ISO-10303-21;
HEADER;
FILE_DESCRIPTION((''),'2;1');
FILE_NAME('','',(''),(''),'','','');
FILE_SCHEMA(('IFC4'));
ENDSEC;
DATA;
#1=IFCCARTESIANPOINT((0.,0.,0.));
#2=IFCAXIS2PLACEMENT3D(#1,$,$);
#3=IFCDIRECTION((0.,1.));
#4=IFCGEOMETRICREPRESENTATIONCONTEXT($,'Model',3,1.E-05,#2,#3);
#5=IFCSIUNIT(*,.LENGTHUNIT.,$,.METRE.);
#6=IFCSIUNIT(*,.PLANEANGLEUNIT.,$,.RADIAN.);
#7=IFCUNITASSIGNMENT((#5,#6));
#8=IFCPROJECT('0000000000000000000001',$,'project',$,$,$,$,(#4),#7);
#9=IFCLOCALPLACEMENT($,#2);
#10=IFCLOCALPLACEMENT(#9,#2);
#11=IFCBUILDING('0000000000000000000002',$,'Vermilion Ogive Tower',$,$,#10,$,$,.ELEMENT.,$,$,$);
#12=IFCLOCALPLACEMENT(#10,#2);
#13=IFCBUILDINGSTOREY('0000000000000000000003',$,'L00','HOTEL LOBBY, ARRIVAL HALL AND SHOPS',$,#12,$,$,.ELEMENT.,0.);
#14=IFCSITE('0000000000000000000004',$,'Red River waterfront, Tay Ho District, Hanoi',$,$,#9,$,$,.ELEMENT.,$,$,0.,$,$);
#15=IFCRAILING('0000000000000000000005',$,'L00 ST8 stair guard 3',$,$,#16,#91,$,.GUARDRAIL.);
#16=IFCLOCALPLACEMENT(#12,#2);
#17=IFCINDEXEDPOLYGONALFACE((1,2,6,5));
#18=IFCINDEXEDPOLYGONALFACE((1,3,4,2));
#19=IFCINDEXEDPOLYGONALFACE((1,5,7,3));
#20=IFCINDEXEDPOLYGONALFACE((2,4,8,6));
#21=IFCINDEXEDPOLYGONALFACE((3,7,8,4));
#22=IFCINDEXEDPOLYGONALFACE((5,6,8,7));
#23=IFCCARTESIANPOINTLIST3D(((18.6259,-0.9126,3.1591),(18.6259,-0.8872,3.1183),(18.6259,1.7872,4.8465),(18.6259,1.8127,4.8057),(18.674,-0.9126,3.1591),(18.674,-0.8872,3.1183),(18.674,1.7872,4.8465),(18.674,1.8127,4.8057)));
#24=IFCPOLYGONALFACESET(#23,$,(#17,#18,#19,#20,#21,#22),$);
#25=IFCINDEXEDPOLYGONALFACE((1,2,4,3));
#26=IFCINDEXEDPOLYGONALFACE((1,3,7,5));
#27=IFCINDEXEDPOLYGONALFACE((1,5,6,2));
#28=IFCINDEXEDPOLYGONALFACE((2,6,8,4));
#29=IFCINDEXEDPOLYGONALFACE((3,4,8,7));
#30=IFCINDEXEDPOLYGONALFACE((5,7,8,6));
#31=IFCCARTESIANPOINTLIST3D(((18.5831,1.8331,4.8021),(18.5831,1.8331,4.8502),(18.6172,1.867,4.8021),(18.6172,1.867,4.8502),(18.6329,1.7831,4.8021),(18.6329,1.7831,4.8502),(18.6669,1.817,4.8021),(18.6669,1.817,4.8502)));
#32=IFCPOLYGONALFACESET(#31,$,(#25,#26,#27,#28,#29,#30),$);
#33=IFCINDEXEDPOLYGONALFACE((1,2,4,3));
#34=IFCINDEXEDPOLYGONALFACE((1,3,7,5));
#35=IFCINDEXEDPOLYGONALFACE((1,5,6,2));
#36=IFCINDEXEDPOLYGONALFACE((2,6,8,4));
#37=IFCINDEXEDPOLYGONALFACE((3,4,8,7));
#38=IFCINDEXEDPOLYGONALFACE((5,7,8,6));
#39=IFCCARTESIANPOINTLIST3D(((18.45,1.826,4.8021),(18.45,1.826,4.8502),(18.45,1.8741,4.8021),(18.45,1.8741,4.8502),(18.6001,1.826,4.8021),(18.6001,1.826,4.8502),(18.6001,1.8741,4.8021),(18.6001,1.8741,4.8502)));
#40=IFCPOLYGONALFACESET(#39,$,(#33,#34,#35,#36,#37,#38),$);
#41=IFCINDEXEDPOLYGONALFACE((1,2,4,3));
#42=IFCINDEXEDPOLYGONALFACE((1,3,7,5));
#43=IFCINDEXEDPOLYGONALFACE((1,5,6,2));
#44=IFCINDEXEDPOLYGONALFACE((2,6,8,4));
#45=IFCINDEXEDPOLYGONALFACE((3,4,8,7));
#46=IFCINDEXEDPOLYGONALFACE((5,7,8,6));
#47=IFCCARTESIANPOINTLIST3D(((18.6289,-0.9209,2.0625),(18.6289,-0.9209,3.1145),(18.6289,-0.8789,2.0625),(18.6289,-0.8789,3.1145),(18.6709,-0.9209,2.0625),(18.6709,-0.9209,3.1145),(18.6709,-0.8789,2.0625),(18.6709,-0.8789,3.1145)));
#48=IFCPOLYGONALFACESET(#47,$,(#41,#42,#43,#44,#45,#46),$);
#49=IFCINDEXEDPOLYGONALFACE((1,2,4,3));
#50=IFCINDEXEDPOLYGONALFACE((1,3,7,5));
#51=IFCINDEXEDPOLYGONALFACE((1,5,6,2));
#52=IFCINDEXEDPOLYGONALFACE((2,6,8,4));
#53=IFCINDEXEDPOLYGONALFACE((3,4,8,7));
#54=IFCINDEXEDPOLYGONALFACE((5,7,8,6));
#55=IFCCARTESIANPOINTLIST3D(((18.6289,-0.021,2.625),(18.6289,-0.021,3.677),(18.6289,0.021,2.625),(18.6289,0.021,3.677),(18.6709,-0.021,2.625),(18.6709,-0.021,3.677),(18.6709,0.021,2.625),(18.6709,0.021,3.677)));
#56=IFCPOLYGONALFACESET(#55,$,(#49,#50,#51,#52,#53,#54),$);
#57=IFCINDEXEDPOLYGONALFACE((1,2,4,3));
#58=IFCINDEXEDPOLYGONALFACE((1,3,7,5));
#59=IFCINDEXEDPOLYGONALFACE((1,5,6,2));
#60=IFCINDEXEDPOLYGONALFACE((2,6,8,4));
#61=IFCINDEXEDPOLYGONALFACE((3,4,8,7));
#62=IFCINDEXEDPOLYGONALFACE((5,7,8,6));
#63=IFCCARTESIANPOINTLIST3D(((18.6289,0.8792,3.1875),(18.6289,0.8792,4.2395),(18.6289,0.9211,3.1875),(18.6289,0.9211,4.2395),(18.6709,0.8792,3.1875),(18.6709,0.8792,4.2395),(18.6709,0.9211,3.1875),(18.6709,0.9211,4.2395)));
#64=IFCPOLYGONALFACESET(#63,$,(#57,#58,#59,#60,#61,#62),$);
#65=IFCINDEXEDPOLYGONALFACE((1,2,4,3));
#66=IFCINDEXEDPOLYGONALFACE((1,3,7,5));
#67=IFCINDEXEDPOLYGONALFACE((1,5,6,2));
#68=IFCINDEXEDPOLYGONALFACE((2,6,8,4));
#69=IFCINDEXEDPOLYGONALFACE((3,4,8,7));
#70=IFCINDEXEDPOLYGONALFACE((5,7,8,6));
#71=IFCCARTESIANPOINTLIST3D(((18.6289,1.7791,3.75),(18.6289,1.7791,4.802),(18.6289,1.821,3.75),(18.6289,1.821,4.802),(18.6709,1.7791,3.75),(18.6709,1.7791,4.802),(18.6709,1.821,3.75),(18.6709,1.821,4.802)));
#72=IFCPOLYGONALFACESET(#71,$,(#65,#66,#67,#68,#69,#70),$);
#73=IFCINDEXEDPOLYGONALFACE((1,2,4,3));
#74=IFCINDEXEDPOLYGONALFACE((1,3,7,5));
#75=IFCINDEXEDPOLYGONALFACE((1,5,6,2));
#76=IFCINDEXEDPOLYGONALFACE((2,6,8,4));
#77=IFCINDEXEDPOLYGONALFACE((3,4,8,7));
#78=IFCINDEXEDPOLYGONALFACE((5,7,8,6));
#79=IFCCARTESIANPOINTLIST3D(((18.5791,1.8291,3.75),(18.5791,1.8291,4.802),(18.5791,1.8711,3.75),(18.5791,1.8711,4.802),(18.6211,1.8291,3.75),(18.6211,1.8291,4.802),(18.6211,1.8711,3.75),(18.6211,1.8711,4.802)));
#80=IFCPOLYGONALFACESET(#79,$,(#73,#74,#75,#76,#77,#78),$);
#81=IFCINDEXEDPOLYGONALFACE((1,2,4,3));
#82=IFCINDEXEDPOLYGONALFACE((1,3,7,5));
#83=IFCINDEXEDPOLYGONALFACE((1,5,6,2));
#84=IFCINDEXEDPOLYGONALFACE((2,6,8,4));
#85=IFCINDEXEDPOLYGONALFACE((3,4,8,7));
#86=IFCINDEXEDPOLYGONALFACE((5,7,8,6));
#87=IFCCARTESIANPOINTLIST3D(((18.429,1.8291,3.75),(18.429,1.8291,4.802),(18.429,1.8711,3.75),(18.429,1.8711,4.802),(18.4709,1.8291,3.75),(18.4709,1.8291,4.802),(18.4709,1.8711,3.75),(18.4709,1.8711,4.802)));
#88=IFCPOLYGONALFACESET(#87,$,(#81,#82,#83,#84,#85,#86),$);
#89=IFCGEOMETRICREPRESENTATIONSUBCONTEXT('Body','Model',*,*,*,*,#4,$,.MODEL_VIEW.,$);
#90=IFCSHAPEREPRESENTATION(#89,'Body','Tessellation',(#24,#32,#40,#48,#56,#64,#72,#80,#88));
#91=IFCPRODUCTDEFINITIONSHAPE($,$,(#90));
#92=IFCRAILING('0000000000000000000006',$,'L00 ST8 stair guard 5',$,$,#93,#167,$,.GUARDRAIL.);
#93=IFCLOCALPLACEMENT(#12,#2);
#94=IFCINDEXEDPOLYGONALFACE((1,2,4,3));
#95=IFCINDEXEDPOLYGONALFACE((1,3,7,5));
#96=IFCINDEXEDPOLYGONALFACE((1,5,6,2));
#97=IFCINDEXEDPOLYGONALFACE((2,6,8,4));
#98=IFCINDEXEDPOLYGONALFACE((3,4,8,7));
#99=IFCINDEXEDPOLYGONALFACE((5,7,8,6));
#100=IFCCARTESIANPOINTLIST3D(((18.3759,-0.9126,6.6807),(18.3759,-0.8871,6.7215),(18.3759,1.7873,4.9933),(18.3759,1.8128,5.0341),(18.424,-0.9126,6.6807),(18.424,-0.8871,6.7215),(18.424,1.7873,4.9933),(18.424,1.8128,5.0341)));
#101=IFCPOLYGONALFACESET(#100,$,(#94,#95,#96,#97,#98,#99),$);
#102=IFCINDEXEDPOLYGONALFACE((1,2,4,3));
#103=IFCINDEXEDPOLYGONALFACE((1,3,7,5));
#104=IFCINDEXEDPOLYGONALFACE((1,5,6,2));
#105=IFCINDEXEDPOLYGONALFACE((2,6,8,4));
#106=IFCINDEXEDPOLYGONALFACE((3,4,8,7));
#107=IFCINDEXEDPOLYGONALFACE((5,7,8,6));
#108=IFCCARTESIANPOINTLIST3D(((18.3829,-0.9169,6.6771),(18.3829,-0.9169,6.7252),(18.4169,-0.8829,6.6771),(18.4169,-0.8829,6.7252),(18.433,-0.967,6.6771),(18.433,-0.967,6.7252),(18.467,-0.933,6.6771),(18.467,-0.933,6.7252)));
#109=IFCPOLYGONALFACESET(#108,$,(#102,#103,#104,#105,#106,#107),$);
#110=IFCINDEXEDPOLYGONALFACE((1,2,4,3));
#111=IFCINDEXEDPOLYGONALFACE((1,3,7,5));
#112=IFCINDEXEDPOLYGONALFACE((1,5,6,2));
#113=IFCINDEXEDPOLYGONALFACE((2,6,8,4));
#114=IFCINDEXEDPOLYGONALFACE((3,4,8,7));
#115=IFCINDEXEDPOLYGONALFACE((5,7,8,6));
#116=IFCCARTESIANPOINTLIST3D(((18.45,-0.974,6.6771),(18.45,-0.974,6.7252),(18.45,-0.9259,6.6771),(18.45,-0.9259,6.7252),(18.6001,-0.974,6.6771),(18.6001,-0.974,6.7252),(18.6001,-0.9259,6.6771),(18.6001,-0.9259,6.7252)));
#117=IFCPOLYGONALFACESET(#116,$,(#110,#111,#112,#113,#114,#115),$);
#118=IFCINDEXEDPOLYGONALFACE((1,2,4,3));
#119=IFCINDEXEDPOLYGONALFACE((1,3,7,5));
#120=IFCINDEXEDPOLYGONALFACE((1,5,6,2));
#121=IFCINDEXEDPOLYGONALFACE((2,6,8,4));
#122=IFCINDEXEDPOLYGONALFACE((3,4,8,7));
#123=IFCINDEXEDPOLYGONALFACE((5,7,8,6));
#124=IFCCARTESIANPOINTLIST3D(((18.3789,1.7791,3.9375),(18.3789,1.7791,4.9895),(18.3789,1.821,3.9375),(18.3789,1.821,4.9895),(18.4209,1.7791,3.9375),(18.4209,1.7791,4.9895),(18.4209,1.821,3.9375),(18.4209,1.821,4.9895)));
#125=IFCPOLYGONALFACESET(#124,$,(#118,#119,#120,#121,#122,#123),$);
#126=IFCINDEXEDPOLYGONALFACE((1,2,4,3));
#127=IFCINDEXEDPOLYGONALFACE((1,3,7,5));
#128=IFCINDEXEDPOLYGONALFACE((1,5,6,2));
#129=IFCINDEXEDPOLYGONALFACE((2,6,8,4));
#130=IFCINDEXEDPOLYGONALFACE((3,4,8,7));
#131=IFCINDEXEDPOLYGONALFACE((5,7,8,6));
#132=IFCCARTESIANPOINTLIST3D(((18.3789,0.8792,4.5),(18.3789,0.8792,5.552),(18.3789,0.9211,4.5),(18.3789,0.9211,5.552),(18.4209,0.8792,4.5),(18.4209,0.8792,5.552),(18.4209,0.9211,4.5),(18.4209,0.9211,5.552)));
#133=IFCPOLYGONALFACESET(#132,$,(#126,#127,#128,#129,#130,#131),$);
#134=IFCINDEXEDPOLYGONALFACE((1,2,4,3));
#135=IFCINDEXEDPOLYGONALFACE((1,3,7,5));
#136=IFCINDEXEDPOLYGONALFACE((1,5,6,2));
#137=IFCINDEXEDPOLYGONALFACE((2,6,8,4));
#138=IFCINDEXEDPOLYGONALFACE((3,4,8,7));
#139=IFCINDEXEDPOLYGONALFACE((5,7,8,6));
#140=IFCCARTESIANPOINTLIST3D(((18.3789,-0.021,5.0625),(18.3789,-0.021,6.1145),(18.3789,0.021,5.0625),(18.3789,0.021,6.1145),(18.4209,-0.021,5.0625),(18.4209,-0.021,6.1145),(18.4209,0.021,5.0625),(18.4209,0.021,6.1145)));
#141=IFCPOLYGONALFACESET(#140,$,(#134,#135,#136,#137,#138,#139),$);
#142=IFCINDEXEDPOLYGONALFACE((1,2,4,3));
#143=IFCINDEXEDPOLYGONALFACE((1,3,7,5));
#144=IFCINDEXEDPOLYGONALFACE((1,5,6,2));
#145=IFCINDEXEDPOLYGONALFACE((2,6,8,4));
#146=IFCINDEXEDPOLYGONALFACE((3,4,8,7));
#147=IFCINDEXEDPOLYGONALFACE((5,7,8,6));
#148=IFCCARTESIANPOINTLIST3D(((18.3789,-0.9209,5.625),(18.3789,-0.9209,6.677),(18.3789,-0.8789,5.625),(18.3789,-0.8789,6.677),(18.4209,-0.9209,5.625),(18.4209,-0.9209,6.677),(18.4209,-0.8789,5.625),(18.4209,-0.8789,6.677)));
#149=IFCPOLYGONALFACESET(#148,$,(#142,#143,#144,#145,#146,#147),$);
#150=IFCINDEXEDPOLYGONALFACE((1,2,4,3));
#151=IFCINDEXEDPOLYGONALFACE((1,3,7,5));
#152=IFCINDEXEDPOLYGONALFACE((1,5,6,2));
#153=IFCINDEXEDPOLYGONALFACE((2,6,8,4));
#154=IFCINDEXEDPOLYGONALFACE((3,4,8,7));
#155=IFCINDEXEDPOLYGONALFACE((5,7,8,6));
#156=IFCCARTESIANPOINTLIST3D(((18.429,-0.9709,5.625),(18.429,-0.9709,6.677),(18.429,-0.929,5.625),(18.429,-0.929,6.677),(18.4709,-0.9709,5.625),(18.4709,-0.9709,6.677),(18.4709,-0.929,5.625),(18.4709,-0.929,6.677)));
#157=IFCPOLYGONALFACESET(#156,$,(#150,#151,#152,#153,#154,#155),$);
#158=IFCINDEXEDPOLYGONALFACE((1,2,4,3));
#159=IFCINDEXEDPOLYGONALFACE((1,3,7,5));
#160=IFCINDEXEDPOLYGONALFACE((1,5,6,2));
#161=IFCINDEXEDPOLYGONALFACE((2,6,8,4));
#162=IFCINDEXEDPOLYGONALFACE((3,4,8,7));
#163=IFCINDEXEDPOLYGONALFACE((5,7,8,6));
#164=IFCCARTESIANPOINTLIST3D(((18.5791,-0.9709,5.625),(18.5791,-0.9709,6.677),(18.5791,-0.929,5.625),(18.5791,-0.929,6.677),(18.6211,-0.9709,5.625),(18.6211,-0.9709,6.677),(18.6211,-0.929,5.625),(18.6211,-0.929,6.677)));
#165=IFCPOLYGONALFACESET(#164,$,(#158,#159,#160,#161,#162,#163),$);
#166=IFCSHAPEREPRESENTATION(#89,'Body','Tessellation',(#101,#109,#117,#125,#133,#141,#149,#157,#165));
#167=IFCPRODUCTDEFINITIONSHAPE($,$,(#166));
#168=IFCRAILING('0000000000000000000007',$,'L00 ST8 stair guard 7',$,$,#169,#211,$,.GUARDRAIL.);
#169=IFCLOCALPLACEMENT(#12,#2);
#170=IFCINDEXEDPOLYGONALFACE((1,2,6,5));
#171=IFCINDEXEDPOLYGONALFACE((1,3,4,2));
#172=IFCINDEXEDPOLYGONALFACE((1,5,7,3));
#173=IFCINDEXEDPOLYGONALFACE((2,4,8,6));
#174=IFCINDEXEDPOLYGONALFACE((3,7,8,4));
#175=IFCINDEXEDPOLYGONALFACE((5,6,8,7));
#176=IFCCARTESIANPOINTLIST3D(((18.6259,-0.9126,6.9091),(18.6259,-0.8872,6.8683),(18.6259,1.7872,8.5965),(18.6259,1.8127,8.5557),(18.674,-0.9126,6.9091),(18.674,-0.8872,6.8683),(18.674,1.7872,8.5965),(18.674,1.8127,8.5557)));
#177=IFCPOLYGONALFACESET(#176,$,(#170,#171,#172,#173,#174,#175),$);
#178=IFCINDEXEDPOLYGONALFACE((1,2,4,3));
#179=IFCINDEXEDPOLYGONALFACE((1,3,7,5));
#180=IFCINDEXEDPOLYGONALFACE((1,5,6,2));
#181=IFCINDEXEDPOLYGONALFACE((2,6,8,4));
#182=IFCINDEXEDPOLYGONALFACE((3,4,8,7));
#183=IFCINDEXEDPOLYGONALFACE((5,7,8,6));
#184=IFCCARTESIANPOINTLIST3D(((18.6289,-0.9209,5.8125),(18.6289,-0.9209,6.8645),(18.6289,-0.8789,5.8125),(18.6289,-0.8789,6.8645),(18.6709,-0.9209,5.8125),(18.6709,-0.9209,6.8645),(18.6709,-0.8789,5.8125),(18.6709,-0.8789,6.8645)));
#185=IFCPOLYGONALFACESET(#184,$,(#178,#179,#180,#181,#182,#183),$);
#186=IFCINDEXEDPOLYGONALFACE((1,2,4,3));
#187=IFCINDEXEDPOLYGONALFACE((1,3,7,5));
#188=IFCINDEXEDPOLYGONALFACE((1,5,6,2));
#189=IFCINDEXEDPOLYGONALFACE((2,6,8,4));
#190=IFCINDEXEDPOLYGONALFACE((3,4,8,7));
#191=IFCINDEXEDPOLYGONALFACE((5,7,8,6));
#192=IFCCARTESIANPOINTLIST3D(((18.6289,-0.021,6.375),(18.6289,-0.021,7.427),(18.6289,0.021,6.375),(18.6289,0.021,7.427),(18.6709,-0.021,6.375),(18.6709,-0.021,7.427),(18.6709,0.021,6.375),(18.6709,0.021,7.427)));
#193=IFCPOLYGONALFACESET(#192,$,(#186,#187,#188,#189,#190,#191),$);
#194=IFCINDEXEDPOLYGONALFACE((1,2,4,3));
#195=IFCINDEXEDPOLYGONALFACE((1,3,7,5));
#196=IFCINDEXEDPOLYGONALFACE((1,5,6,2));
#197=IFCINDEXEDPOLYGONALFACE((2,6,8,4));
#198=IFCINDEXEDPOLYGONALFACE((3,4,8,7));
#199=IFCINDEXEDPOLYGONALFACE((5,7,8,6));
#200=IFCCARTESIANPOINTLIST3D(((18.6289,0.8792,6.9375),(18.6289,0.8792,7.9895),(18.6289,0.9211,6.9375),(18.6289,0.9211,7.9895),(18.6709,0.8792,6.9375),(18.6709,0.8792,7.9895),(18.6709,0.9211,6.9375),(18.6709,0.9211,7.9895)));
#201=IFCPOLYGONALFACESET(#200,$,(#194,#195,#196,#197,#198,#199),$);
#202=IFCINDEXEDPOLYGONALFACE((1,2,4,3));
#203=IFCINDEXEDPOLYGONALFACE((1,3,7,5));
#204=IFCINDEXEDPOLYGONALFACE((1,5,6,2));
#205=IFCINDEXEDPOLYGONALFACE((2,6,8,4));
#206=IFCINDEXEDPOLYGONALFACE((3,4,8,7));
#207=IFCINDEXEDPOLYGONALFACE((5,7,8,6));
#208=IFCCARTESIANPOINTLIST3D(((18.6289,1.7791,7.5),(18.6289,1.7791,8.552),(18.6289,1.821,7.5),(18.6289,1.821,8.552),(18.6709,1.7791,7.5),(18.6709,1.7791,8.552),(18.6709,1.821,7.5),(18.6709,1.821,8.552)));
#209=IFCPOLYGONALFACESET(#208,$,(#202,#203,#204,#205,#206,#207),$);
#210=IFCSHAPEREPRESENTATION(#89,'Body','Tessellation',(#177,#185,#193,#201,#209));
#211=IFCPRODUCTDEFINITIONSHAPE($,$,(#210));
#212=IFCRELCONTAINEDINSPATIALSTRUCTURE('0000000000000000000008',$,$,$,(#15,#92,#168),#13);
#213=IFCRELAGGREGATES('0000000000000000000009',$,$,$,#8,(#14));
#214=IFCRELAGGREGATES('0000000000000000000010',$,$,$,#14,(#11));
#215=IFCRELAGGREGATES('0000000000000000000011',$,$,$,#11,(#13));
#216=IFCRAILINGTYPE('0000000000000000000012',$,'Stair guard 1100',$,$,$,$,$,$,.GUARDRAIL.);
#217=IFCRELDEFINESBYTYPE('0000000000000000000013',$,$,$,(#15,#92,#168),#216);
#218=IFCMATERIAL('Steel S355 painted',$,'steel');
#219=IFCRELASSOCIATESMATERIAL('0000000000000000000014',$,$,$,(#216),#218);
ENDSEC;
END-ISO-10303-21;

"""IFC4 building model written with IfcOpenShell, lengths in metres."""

from ifc_helpers import new_model, si_unit, direction, frame, origin, origin_2d, place, context, subcontext, project, spatial, rectangle, extrude, material, type_object, element, save


model = new_model("IFC4")

# Units and contexts
model_context = context("Model", 3, precision=1e-05, world=origin(), true_north=direction((0.0, 1.0)))
body_context = subcontext(model_context, "Body", "Model", "MODEL_VIEW")
ifc_project = project(units=[si_unit("LENGTHUNIT", "METRE"), si_unit("PLANEANGLEUNIT", "RADIAN")], contexts=[model_context])

# Site, building, storey
site_placement = place(None, origin())
site = spatial("IfcSite", under=ifc_project, at=site_placement, Name="Red River waterfront, Tay Ho District, Hanoi", CompositionType="ELEMENT", RefElevation=0.0)
building_placement = place(site_placement, origin())
building = spatial("IfcBuilding", under=site, at=building_placement, Name="Vermilion Ogive Tower", CompositionType="ELEMENT")
storey_placement = place(building_placement, origin())
storey = spatial("IfcBuildingStorey", under=building, at=storey_placement, Name="L00", Description="HOTEL LOBBY, ARRIVAL HALL AND SHOPS", CompositionType="ELEMENT", Elevation=0.0)

# Railings
ifc_material_1 = material(Name="Steel S355 painted", Category="steel")
railing_type_1 = type_object("IfcRailingType", Name="Stair guard 1100", PredefinedType="GUARDRAIL", material=ifc_material_1)
railing_1_placement = place(storey_placement, frame((18.6499, -0.8999, 2.0625)))
element("IfcRailing", 1, at=railing_1_placement, inside=storey, type_object=railing_type_1, Name="L00 ST8 stair guard 3", PredefinedType="GUARDRAIL", context=body_context, shape_type="SweptSolid", body=[
    extrude(rectangle(XDim=0.0481, YDim=0.0481, at=origin_2d()), frame((0.0, 0.0, 1.0762), z_axis=(0.0, 0.847994, 0.530006), x_axis=(-1.0, 0.0, 0.0)), (0.0, 0.0, 1.0), 3.1838),
    extrude(rectangle(XDim=0.0481, YDim=0.0481, at=origin_2d()), frame((0.0, 2.7, 2.7637), z_axis=(-0.705376, 0.708834, 0.0), x_axis=(-0.708834, -0.705376, 0.0)), (0.0, 0.0, 1.0), 0.0706),
    extrude(rectangle(XDim=0.0481, YDim=0.0481, at=origin_2d()), frame((-0.0498, 2.75, 2.7637), z_axis=(-1.0, 0.0, 0.0), x_axis=(0.0, -1.0, 0.0)), (0.0, 0.0, 1.0), 0.1501),
    extrude(rectangle(XDim=0.042, YDim=0.042, at=origin_2d()), origin(), (0.0, 0.0, 1.0), 1.052),
    extrude(rectangle(XDim=0.042, YDim=0.042, at=origin_2d()), frame((0.0, 0.8999, 0.5625)), (0.0, 0.0, 1.0), 1.052),
    extrude(rectangle(XDim=0.042, YDim=0.042, at=origin_2d()), frame((0.0, 1.8, 1.125)), (0.0, 0.0, 1.0), 1.052),
    extrude(rectangle(XDim=0.042, YDim=0.042, at=origin_2d()), frame((0.0, 2.7, 1.6875)), (0.0, 0.0, 1.0), 1.052),
    extrude(rectangle(XDim=0.042, YDim=0.042, at=origin_2d()), frame((-0.0498, 2.75, 1.6875)), (0.0, 0.0, 1.0), 1.052),
    extrude(rectangle(XDim=0.042, YDim=0.042, at=origin_2d()), frame((-0.2, 2.75, 1.6875)), (0.0, 0.0, 1.0), 1.052),
])
railing_2_placement = place(storey_placement, frame((18.3999, 1.8, 3.9375)))
element("IfcRailing", 2, at=railing_2_placement, inside=storey, type_object=railing_type_1, Name="L00 ST8 stair guard 5", PredefinedType="GUARDRAIL", context=body_context, shape_type="SweptSolid", body=[
    extrude(rectangle(XDim=0.0481, YDim=0.0481, at=origin_2d()), frame((0.0, 0.0, 1.0762), z_axis=(0.0, -0.847994, 0.530006), x_axis=(1.0, 0.0, 0.0)), (0.0, 0.0, 1.0), 3.1838),
    extrude(rectangle(XDim=0.0481, YDim=0.0481, at=origin_2d()), frame((0.0, -2.7, 2.7637), z_axis=(0.707107, -0.707107, 0.0), x_axis=(0.707107, 0.707107, 0.0)), (0.0, 0.0, 1.0), 0.0708),
    extrude(rectangle(XDim=0.0481, YDim=0.0481, at=origin_2d()), frame((0.05, -2.75, 2.7637), z_axis=(1.0, 0.0, 0.0), x_axis=(0.0, 1.0, 0.0)), (0.0, 0.0, 1.0), 0.1501),
    extrude(rectangle(XDim=0.042, YDim=0.042, at=origin_2d()), origin(), (0.0, 0.0, 1.0), 1.052),
    extrude(rectangle(XDim=0.042, YDim=0.042, at=origin_2d()), frame((0.0, -0.8999, 0.5625)), (0.0, 0.0, 1.0), 1.052),
    extrude(rectangle(XDim=0.042, YDim=0.042, at=origin_2d()), frame((0.0, -1.8, 1.125)), (0.0, 0.0, 1.0), 1.052),
    extrude(rectangle(XDim=0.042, YDim=0.042, at=origin_2d()), frame((0.0, -2.7, 1.6875)), (0.0, 0.0, 1.0), 1.052),
    extrude(rectangle(XDim=0.042, YDim=0.042, at=origin_2d()), frame((0.05, -2.75, 1.6875)), (0.0, 0.0, 1.0), 1.052),
    extrude(rectangle(XDim=0.042, YDim=0.042, at=origin_2d()), frame((0.2002, -2.75, 1.6875)), (0.0, 0.0, 1.0), 1.052),
])
railing_3_placement = place(storey_placement, frame((18.6499, -0.8999, 5.8125)))
element("IfcRailing", 3, at=railing_3_placement, inside=storey, type_object=railing_type_1, Name="L00 ST8 stair guard 7", PredefinedType="GUARDRAIL", context=body_context, shape_type="SweptSolid", body=[
    extrude(rectangle(XDim=0.0481, YDim=0.0481, at=origin_2d()), frame((0.0, 0.0, 1.0762), z_axis=(0.0, 0.847994, 0.530006), x_axis=(-1.0, 0.0, 0.0)), (0.0, 0.0, 1.0), 3.1838),
    extrude(rectangle(XDim=0.042, YDim=0.042, at=origin_2d()), origin(), (0.0, 0.0, 1.0), 1.052),
    extrude(rectangle(XDim=0.042, YDim=0.042, at=origin_2d()), frame((0.0, 0.8999, 0.5625)), (0.0, 0.0, 1.0), 1.052),
    extrude(rectangle(XDim=0.042, YDim=0.042, at=origin_2d()), frame((0.0, 1.8, 1.125)), (0.0, 0.0, 1.0), 1.052),
    extrude(rectangle(XDim=0.042, YDim=0.042, at=origin_2d()), frame((0.0, 2.7, 1.6875)), (0.0, 0.0, 1.0), 1.052),
])

save(model, "model.ifc")
